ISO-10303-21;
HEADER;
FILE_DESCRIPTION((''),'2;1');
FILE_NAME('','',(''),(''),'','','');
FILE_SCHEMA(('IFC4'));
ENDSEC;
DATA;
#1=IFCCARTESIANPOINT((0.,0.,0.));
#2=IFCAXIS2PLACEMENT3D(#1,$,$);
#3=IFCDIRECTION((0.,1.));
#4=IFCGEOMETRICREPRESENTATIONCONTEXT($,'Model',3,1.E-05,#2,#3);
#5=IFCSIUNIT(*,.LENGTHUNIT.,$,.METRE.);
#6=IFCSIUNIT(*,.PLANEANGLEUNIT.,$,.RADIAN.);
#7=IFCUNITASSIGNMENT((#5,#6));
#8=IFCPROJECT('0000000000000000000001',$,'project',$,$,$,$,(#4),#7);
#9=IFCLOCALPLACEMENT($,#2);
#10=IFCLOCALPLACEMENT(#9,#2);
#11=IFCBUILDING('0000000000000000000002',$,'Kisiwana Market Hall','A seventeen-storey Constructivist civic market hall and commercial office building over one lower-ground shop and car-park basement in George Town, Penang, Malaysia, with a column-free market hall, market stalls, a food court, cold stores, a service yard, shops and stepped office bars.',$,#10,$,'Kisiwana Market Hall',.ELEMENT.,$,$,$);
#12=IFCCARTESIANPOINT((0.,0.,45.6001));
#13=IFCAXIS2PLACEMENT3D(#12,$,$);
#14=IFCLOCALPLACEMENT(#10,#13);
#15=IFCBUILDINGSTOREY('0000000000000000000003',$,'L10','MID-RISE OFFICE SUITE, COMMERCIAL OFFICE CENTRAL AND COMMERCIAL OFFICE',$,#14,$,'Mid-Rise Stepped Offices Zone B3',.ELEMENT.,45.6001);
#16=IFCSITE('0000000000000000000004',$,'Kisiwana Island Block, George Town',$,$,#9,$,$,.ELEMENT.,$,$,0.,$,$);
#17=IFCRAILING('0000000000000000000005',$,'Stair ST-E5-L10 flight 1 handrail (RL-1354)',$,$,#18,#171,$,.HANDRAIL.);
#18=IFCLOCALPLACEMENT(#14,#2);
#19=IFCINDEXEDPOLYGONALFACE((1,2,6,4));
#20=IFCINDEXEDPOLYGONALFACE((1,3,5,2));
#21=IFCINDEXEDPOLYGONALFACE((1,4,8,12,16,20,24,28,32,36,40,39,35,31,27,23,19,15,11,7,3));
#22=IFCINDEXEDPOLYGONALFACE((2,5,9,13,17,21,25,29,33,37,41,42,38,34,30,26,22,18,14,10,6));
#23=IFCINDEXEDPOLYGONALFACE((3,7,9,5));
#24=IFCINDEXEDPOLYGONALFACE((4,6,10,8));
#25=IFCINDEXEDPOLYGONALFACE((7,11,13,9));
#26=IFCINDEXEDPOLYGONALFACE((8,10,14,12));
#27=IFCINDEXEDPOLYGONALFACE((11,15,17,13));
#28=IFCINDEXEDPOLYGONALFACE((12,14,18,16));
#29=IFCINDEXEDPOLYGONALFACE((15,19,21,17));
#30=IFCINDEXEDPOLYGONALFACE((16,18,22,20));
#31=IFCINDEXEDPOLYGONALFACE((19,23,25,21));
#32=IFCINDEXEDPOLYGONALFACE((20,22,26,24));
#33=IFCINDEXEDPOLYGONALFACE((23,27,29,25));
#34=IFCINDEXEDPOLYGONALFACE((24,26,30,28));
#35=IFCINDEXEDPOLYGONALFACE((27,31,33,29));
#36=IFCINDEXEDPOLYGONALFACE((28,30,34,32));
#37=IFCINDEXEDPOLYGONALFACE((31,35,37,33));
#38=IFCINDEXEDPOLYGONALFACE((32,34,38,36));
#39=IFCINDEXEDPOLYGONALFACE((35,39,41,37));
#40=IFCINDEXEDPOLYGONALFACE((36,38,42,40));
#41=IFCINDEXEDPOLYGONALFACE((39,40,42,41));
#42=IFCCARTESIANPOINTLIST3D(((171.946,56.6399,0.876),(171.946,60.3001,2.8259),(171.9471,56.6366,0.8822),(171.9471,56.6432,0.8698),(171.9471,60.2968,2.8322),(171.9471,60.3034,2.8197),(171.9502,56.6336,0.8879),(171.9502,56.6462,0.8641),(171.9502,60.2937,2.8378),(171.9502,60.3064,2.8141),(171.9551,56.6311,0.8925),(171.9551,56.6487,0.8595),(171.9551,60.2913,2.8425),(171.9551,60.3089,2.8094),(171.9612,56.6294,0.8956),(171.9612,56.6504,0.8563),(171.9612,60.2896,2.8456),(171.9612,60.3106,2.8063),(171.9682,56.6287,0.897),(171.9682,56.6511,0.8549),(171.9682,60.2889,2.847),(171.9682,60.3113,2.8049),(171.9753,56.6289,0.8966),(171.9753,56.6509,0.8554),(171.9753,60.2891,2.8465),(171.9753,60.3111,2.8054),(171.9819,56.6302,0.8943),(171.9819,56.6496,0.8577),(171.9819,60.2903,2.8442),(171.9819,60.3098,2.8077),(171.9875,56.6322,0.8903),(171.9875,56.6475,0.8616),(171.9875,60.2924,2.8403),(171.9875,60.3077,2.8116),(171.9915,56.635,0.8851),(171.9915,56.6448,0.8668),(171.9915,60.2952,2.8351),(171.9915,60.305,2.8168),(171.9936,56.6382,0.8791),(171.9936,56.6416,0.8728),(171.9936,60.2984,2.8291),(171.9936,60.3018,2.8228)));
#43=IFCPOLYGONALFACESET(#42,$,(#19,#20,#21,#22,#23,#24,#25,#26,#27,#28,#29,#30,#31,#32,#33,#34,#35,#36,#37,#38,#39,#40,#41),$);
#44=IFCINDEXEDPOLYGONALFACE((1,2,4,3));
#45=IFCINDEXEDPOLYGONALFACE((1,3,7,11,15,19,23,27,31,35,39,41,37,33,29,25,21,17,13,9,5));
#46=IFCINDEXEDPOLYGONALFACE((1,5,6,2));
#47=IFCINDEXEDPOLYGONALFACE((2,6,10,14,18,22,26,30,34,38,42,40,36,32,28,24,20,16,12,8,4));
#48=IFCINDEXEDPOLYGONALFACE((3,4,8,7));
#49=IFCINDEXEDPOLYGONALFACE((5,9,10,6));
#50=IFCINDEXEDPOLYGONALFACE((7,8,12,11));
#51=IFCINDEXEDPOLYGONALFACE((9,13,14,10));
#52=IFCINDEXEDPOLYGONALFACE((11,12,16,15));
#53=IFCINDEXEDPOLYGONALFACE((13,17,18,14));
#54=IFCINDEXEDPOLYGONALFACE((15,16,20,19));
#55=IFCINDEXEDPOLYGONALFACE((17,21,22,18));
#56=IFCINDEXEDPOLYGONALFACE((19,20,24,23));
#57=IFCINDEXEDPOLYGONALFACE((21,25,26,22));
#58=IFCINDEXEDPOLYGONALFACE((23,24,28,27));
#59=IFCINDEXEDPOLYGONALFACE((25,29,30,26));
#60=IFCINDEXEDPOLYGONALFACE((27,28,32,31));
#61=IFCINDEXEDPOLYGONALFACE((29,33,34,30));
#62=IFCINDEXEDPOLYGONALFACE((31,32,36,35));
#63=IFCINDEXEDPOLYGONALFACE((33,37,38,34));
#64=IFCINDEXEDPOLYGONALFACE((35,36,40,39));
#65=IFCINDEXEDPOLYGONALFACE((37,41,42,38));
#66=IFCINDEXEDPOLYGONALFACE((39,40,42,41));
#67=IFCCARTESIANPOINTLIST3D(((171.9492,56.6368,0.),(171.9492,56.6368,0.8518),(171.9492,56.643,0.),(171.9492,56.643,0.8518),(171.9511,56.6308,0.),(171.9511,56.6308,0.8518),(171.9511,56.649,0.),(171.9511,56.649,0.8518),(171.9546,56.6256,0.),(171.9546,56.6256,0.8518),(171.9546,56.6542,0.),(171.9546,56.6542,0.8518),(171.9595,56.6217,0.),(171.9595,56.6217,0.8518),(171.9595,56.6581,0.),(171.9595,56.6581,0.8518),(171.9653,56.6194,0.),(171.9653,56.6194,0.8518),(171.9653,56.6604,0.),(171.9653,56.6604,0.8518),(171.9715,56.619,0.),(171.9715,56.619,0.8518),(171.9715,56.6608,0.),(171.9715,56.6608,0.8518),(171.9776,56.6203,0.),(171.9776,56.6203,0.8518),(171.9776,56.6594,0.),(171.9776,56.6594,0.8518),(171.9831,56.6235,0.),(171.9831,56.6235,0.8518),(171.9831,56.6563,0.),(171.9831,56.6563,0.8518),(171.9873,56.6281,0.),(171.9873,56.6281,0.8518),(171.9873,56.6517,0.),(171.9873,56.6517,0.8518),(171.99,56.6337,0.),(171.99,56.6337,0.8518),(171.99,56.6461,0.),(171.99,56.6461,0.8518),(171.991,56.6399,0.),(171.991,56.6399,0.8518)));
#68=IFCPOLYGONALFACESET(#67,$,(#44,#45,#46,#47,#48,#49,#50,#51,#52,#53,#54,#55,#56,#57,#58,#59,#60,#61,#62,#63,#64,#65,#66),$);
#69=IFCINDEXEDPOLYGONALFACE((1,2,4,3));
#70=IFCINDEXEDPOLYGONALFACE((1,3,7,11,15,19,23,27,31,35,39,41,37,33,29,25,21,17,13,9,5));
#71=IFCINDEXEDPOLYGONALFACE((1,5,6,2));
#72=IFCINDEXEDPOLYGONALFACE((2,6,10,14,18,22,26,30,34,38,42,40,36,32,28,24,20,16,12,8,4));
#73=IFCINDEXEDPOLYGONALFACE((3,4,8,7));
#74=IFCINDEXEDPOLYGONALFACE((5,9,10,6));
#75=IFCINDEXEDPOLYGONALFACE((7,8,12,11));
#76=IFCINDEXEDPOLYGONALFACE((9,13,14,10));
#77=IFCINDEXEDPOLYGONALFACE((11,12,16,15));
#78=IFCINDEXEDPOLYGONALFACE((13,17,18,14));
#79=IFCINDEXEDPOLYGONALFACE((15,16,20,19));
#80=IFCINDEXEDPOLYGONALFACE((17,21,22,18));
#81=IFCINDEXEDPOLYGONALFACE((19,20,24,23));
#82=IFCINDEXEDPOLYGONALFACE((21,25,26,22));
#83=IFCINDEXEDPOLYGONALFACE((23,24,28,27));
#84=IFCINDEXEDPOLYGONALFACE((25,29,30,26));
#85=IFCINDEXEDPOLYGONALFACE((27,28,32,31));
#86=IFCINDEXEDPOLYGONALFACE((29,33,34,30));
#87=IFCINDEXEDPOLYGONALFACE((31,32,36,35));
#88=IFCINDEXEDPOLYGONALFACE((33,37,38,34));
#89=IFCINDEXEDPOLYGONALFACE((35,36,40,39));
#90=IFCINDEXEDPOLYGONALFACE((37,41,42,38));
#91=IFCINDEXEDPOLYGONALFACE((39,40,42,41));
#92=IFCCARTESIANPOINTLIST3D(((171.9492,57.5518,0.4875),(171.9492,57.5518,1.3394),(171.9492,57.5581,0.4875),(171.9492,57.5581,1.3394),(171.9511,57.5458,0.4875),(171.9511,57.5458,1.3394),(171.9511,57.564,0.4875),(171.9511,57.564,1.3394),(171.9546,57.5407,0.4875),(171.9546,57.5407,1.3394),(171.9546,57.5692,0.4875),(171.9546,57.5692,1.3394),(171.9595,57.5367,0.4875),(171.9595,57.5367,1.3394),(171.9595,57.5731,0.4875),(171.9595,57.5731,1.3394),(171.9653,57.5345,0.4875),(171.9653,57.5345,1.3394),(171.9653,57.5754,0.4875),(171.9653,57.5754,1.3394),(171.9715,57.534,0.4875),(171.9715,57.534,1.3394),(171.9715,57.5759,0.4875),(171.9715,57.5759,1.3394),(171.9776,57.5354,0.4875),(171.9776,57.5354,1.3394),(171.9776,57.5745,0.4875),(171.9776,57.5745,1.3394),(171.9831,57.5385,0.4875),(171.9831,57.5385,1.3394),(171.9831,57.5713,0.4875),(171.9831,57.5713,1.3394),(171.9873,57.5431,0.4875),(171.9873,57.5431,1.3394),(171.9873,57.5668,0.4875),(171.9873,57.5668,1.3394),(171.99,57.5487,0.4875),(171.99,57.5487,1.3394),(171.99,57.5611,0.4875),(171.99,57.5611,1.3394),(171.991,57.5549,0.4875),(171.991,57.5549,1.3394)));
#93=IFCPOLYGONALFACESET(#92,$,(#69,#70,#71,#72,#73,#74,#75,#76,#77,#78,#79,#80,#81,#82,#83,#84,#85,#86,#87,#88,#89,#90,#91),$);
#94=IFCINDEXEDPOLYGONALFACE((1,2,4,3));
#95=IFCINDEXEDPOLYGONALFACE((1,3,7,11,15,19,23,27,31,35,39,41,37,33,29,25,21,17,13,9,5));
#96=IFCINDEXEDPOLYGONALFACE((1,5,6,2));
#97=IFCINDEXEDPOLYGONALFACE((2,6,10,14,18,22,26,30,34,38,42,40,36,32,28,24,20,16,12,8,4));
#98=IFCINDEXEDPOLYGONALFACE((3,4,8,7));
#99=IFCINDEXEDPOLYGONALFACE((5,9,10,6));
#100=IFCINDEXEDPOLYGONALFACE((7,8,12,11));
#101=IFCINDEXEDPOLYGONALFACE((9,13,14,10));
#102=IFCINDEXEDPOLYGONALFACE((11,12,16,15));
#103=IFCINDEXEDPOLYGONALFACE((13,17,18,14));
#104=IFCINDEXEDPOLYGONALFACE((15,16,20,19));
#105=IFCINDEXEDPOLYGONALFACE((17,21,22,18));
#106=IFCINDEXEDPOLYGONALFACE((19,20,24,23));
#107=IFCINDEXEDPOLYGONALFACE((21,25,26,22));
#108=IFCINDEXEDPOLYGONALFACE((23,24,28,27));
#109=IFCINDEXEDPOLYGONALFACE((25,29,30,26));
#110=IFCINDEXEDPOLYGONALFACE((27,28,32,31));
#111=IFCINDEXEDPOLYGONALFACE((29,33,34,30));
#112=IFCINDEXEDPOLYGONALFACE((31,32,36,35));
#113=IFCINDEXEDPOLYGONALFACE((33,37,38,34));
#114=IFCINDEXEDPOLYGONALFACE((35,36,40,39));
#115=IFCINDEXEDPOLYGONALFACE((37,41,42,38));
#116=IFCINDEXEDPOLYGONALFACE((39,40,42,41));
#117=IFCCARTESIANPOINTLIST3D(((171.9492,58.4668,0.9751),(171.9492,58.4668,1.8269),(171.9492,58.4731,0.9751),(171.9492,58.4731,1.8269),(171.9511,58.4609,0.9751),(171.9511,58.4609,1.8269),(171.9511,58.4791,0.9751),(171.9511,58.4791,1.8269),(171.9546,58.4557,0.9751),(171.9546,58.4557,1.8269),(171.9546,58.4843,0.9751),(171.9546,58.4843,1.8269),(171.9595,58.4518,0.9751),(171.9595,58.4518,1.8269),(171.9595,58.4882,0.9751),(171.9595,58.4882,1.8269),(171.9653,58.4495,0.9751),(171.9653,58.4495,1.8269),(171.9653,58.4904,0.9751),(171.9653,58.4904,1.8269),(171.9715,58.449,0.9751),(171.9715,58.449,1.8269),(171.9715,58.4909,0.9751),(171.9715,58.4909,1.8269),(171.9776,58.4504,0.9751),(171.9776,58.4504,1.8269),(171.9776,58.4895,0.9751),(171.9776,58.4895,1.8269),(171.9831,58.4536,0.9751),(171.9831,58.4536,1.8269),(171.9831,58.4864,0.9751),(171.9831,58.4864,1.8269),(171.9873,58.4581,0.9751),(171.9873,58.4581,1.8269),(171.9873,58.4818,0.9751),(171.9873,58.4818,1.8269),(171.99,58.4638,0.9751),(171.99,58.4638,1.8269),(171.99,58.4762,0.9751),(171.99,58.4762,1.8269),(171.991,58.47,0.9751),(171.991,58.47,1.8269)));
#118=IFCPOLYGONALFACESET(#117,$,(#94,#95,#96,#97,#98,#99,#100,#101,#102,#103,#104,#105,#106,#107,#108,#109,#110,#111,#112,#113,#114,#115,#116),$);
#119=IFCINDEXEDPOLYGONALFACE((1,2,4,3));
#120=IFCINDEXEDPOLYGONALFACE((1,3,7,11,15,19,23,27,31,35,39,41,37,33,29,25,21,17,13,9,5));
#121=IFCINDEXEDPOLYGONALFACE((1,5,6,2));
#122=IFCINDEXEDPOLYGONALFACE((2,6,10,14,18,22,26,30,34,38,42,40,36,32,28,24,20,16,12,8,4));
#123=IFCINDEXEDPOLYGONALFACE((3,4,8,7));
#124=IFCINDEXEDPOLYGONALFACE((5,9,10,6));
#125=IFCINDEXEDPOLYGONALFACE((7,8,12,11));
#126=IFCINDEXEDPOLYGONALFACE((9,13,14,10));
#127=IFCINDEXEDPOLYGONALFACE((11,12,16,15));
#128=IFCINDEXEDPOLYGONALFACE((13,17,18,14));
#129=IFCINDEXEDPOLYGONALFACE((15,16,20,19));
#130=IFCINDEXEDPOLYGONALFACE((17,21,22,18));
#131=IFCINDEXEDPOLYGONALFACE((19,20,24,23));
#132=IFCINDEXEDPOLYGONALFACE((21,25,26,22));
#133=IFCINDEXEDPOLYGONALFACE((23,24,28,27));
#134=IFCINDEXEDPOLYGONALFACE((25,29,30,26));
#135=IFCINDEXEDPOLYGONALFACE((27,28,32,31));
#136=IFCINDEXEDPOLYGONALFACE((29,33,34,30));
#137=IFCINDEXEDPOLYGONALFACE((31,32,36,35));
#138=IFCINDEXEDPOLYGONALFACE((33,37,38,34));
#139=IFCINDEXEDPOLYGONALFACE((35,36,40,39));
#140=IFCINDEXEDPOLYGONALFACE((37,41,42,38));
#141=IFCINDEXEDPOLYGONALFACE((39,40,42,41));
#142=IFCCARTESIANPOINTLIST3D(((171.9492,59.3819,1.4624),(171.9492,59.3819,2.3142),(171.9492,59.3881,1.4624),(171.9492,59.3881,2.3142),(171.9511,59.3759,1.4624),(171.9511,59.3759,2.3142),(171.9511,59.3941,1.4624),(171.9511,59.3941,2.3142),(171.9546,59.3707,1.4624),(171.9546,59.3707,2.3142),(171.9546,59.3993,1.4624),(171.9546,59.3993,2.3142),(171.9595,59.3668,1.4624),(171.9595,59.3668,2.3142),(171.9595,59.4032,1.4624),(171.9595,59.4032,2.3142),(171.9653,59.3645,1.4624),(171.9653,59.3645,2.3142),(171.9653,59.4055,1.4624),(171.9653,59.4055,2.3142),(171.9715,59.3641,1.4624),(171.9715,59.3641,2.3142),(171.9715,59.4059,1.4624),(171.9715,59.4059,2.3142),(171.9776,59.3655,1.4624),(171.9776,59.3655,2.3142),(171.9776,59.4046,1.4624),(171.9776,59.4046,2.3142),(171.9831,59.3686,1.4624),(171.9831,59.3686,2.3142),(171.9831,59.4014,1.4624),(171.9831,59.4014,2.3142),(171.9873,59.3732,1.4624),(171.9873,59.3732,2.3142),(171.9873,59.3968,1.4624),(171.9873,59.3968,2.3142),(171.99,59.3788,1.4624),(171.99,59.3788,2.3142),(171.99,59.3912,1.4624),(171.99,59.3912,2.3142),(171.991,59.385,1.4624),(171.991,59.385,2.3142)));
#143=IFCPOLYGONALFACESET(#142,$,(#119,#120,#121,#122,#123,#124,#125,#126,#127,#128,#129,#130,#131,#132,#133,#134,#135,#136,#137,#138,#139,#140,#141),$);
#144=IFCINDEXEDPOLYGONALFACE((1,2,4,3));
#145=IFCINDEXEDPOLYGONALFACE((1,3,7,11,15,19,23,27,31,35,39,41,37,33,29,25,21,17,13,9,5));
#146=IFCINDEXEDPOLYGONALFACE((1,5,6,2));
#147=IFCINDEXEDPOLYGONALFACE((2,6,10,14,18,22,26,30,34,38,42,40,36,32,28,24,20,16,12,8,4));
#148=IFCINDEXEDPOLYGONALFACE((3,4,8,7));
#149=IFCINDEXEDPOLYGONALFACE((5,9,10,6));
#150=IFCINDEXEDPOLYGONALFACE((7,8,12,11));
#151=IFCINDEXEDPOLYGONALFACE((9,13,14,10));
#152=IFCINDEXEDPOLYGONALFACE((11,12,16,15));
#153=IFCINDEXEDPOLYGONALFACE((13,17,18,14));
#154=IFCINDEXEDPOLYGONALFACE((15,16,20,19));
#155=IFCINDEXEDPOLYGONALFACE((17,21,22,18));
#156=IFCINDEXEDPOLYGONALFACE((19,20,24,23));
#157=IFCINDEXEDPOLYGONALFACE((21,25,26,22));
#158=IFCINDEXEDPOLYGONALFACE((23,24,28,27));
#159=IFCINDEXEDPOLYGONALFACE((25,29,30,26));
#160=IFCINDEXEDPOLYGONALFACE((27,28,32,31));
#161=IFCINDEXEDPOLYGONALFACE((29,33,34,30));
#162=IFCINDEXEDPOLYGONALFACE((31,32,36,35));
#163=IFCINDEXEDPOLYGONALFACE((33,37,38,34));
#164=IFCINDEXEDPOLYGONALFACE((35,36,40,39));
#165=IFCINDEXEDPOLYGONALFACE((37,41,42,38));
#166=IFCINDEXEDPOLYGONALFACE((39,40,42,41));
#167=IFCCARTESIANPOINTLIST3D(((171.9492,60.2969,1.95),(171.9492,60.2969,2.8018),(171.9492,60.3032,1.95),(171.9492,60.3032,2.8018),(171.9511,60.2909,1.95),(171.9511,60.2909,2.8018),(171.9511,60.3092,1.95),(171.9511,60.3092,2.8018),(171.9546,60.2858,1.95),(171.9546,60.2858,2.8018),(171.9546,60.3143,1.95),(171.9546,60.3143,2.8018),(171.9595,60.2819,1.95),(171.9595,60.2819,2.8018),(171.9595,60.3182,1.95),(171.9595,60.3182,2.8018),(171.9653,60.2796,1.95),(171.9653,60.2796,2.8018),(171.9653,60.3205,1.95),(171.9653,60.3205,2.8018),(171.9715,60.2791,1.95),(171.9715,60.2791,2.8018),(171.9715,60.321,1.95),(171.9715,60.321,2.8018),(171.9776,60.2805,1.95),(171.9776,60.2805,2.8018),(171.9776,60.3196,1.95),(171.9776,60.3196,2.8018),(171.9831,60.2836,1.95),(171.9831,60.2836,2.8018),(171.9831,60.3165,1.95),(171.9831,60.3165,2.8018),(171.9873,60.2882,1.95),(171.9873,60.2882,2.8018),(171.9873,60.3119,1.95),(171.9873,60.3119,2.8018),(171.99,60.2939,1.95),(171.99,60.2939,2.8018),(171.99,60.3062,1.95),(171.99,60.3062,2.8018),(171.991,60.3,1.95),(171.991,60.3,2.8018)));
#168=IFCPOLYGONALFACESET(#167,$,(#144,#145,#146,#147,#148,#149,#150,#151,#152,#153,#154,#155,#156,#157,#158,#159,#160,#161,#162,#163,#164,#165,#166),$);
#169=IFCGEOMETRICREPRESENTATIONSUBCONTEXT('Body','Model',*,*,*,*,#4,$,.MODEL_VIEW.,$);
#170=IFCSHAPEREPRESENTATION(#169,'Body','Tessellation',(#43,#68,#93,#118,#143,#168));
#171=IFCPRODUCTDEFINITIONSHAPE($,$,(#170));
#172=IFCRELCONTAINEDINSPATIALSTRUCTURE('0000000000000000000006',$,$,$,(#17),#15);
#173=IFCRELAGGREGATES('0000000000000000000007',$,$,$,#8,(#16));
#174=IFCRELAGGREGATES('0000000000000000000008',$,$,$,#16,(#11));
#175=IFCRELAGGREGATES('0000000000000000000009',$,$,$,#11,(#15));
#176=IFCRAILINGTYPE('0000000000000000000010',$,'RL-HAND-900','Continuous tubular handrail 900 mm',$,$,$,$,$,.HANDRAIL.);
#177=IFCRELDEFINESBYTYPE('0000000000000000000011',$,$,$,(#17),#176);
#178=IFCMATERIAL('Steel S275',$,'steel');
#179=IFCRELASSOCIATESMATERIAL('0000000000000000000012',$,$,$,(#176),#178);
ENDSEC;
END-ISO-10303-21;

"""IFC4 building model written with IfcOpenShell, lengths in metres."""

from ifc_helpers import new_model, si_unit, direction, frame, origin, origin_2d, place, context, subcontext, project, spatial, circle, extrude, material, type_object, element, save


model = new_model("IFC4")

# Units and contexts
model_context = context("Model", 3, precision=1e-05, world=origin(), true_north=direction((0.0, 1.0)))
body_context = subcontext(model_context, "Body", "Model", "MODEL_VIEW")
ifc_project = project(units=[si_unit("LENGTHUNIT", "METRE"), si_unit("PLANEANGLEUNIT", "RADIAN")], contexts=[model_context])

# Site, building, storey
site_placement = place(None, origin())
site = spatial("IfcSite", under=ifc_project, at=site_placement, Name="Kisiwana Island Block, George Town", CompositionType="ELEMENT", RefElevation=0.0)
building_placement = place(site_placement, origin())
building = spatial("IfcBuilding", under=site, at=building_placement, Name="Kisiwana Market Hall", Description="A seventeen-storey Constructivist civic market hall and commercial office building over one lower-ground shop and car-park basement in George Town, Penang, Malaysia, with a column-free market hall, market stalls, a food court, cold stores, a service yard, shops and stepped office bars.", LongName="Kisiwana Market Hall", CompositionType="ELEMENT")
storey_placement = place(building_placement, frame((0.0, 0.0, 45.6001)))
storey = spatial("IfcBuildingStorey", under=building, at=storey_placement, Name="L10", Description="MID-RISE OFFICE SUITE, COMMERCIAL OFFICE CENTRAL AND COMMERCIAL OFFICE", LongName="Mid-Rise Stepped Offices Zone B3", CompositionType="ELEMENT", Elevation=45.6001)

# Railing
ifc_material_1 = material(Name="Steel S275", Category="steel")
railing_type_1 = type_object("IfcRailingType", Name="RL-HAND-900", Description="Continuous tubular handrail 900 mm", PredefinedType="HANDRAIL", material=ifc_material_1)
railing_1_placement = place(storey_placement, frame((171.97, 56.6399, 0.0)))
element("IfcRailing", 1, at=railing_1_placement, inside=storey, type_object=railing_type_1, Name="Stair ST-E5-L10 flight 1 handrail (RL-1354)", PredefinedType="HANDRAIL", context=body_context, shape_type="SweptSolid", body=[
    extrude(circle(Radius=0.0239, at=origin_2d()), frame((0.0, 0.0, 0.876), z_axis=(0.0, 0.882566, 0.470188), x_axis=(-1.0, 0.0, 0.0)), (0.0, 0.0, 1.0), 4.1472),
    extrude(circle(Radius=0.021, at=origin_2d()), origin(), (0.0, 0.0, 1.0), 0.8518),
    extrude(circle(Radius=0.021, at=origin_2d()), frame((0.0, 0.915, 0.4875)), (0.0, 0.0, 1.0), 0.8518),
    extrude(circle(Radius=0.021, at=origin_2d()), frame((0.0, 1.8301, 0.9751)), (0.0, 0.0, 1.0), 0.8518),
    extrude(circle(Radius=0.021, at=origin_2d()), frame((0.0, 2.7451, 1.4624)), (0.0, 0.0, 1.0), 0.8518),
    extrude(circle(Radius=0.021, at=origin_2d()), frame((0.0, 3.6602, 1.95)), (0.0, 0.0, 1.0), 0.8518),
])

save(model, "model.ifc")
